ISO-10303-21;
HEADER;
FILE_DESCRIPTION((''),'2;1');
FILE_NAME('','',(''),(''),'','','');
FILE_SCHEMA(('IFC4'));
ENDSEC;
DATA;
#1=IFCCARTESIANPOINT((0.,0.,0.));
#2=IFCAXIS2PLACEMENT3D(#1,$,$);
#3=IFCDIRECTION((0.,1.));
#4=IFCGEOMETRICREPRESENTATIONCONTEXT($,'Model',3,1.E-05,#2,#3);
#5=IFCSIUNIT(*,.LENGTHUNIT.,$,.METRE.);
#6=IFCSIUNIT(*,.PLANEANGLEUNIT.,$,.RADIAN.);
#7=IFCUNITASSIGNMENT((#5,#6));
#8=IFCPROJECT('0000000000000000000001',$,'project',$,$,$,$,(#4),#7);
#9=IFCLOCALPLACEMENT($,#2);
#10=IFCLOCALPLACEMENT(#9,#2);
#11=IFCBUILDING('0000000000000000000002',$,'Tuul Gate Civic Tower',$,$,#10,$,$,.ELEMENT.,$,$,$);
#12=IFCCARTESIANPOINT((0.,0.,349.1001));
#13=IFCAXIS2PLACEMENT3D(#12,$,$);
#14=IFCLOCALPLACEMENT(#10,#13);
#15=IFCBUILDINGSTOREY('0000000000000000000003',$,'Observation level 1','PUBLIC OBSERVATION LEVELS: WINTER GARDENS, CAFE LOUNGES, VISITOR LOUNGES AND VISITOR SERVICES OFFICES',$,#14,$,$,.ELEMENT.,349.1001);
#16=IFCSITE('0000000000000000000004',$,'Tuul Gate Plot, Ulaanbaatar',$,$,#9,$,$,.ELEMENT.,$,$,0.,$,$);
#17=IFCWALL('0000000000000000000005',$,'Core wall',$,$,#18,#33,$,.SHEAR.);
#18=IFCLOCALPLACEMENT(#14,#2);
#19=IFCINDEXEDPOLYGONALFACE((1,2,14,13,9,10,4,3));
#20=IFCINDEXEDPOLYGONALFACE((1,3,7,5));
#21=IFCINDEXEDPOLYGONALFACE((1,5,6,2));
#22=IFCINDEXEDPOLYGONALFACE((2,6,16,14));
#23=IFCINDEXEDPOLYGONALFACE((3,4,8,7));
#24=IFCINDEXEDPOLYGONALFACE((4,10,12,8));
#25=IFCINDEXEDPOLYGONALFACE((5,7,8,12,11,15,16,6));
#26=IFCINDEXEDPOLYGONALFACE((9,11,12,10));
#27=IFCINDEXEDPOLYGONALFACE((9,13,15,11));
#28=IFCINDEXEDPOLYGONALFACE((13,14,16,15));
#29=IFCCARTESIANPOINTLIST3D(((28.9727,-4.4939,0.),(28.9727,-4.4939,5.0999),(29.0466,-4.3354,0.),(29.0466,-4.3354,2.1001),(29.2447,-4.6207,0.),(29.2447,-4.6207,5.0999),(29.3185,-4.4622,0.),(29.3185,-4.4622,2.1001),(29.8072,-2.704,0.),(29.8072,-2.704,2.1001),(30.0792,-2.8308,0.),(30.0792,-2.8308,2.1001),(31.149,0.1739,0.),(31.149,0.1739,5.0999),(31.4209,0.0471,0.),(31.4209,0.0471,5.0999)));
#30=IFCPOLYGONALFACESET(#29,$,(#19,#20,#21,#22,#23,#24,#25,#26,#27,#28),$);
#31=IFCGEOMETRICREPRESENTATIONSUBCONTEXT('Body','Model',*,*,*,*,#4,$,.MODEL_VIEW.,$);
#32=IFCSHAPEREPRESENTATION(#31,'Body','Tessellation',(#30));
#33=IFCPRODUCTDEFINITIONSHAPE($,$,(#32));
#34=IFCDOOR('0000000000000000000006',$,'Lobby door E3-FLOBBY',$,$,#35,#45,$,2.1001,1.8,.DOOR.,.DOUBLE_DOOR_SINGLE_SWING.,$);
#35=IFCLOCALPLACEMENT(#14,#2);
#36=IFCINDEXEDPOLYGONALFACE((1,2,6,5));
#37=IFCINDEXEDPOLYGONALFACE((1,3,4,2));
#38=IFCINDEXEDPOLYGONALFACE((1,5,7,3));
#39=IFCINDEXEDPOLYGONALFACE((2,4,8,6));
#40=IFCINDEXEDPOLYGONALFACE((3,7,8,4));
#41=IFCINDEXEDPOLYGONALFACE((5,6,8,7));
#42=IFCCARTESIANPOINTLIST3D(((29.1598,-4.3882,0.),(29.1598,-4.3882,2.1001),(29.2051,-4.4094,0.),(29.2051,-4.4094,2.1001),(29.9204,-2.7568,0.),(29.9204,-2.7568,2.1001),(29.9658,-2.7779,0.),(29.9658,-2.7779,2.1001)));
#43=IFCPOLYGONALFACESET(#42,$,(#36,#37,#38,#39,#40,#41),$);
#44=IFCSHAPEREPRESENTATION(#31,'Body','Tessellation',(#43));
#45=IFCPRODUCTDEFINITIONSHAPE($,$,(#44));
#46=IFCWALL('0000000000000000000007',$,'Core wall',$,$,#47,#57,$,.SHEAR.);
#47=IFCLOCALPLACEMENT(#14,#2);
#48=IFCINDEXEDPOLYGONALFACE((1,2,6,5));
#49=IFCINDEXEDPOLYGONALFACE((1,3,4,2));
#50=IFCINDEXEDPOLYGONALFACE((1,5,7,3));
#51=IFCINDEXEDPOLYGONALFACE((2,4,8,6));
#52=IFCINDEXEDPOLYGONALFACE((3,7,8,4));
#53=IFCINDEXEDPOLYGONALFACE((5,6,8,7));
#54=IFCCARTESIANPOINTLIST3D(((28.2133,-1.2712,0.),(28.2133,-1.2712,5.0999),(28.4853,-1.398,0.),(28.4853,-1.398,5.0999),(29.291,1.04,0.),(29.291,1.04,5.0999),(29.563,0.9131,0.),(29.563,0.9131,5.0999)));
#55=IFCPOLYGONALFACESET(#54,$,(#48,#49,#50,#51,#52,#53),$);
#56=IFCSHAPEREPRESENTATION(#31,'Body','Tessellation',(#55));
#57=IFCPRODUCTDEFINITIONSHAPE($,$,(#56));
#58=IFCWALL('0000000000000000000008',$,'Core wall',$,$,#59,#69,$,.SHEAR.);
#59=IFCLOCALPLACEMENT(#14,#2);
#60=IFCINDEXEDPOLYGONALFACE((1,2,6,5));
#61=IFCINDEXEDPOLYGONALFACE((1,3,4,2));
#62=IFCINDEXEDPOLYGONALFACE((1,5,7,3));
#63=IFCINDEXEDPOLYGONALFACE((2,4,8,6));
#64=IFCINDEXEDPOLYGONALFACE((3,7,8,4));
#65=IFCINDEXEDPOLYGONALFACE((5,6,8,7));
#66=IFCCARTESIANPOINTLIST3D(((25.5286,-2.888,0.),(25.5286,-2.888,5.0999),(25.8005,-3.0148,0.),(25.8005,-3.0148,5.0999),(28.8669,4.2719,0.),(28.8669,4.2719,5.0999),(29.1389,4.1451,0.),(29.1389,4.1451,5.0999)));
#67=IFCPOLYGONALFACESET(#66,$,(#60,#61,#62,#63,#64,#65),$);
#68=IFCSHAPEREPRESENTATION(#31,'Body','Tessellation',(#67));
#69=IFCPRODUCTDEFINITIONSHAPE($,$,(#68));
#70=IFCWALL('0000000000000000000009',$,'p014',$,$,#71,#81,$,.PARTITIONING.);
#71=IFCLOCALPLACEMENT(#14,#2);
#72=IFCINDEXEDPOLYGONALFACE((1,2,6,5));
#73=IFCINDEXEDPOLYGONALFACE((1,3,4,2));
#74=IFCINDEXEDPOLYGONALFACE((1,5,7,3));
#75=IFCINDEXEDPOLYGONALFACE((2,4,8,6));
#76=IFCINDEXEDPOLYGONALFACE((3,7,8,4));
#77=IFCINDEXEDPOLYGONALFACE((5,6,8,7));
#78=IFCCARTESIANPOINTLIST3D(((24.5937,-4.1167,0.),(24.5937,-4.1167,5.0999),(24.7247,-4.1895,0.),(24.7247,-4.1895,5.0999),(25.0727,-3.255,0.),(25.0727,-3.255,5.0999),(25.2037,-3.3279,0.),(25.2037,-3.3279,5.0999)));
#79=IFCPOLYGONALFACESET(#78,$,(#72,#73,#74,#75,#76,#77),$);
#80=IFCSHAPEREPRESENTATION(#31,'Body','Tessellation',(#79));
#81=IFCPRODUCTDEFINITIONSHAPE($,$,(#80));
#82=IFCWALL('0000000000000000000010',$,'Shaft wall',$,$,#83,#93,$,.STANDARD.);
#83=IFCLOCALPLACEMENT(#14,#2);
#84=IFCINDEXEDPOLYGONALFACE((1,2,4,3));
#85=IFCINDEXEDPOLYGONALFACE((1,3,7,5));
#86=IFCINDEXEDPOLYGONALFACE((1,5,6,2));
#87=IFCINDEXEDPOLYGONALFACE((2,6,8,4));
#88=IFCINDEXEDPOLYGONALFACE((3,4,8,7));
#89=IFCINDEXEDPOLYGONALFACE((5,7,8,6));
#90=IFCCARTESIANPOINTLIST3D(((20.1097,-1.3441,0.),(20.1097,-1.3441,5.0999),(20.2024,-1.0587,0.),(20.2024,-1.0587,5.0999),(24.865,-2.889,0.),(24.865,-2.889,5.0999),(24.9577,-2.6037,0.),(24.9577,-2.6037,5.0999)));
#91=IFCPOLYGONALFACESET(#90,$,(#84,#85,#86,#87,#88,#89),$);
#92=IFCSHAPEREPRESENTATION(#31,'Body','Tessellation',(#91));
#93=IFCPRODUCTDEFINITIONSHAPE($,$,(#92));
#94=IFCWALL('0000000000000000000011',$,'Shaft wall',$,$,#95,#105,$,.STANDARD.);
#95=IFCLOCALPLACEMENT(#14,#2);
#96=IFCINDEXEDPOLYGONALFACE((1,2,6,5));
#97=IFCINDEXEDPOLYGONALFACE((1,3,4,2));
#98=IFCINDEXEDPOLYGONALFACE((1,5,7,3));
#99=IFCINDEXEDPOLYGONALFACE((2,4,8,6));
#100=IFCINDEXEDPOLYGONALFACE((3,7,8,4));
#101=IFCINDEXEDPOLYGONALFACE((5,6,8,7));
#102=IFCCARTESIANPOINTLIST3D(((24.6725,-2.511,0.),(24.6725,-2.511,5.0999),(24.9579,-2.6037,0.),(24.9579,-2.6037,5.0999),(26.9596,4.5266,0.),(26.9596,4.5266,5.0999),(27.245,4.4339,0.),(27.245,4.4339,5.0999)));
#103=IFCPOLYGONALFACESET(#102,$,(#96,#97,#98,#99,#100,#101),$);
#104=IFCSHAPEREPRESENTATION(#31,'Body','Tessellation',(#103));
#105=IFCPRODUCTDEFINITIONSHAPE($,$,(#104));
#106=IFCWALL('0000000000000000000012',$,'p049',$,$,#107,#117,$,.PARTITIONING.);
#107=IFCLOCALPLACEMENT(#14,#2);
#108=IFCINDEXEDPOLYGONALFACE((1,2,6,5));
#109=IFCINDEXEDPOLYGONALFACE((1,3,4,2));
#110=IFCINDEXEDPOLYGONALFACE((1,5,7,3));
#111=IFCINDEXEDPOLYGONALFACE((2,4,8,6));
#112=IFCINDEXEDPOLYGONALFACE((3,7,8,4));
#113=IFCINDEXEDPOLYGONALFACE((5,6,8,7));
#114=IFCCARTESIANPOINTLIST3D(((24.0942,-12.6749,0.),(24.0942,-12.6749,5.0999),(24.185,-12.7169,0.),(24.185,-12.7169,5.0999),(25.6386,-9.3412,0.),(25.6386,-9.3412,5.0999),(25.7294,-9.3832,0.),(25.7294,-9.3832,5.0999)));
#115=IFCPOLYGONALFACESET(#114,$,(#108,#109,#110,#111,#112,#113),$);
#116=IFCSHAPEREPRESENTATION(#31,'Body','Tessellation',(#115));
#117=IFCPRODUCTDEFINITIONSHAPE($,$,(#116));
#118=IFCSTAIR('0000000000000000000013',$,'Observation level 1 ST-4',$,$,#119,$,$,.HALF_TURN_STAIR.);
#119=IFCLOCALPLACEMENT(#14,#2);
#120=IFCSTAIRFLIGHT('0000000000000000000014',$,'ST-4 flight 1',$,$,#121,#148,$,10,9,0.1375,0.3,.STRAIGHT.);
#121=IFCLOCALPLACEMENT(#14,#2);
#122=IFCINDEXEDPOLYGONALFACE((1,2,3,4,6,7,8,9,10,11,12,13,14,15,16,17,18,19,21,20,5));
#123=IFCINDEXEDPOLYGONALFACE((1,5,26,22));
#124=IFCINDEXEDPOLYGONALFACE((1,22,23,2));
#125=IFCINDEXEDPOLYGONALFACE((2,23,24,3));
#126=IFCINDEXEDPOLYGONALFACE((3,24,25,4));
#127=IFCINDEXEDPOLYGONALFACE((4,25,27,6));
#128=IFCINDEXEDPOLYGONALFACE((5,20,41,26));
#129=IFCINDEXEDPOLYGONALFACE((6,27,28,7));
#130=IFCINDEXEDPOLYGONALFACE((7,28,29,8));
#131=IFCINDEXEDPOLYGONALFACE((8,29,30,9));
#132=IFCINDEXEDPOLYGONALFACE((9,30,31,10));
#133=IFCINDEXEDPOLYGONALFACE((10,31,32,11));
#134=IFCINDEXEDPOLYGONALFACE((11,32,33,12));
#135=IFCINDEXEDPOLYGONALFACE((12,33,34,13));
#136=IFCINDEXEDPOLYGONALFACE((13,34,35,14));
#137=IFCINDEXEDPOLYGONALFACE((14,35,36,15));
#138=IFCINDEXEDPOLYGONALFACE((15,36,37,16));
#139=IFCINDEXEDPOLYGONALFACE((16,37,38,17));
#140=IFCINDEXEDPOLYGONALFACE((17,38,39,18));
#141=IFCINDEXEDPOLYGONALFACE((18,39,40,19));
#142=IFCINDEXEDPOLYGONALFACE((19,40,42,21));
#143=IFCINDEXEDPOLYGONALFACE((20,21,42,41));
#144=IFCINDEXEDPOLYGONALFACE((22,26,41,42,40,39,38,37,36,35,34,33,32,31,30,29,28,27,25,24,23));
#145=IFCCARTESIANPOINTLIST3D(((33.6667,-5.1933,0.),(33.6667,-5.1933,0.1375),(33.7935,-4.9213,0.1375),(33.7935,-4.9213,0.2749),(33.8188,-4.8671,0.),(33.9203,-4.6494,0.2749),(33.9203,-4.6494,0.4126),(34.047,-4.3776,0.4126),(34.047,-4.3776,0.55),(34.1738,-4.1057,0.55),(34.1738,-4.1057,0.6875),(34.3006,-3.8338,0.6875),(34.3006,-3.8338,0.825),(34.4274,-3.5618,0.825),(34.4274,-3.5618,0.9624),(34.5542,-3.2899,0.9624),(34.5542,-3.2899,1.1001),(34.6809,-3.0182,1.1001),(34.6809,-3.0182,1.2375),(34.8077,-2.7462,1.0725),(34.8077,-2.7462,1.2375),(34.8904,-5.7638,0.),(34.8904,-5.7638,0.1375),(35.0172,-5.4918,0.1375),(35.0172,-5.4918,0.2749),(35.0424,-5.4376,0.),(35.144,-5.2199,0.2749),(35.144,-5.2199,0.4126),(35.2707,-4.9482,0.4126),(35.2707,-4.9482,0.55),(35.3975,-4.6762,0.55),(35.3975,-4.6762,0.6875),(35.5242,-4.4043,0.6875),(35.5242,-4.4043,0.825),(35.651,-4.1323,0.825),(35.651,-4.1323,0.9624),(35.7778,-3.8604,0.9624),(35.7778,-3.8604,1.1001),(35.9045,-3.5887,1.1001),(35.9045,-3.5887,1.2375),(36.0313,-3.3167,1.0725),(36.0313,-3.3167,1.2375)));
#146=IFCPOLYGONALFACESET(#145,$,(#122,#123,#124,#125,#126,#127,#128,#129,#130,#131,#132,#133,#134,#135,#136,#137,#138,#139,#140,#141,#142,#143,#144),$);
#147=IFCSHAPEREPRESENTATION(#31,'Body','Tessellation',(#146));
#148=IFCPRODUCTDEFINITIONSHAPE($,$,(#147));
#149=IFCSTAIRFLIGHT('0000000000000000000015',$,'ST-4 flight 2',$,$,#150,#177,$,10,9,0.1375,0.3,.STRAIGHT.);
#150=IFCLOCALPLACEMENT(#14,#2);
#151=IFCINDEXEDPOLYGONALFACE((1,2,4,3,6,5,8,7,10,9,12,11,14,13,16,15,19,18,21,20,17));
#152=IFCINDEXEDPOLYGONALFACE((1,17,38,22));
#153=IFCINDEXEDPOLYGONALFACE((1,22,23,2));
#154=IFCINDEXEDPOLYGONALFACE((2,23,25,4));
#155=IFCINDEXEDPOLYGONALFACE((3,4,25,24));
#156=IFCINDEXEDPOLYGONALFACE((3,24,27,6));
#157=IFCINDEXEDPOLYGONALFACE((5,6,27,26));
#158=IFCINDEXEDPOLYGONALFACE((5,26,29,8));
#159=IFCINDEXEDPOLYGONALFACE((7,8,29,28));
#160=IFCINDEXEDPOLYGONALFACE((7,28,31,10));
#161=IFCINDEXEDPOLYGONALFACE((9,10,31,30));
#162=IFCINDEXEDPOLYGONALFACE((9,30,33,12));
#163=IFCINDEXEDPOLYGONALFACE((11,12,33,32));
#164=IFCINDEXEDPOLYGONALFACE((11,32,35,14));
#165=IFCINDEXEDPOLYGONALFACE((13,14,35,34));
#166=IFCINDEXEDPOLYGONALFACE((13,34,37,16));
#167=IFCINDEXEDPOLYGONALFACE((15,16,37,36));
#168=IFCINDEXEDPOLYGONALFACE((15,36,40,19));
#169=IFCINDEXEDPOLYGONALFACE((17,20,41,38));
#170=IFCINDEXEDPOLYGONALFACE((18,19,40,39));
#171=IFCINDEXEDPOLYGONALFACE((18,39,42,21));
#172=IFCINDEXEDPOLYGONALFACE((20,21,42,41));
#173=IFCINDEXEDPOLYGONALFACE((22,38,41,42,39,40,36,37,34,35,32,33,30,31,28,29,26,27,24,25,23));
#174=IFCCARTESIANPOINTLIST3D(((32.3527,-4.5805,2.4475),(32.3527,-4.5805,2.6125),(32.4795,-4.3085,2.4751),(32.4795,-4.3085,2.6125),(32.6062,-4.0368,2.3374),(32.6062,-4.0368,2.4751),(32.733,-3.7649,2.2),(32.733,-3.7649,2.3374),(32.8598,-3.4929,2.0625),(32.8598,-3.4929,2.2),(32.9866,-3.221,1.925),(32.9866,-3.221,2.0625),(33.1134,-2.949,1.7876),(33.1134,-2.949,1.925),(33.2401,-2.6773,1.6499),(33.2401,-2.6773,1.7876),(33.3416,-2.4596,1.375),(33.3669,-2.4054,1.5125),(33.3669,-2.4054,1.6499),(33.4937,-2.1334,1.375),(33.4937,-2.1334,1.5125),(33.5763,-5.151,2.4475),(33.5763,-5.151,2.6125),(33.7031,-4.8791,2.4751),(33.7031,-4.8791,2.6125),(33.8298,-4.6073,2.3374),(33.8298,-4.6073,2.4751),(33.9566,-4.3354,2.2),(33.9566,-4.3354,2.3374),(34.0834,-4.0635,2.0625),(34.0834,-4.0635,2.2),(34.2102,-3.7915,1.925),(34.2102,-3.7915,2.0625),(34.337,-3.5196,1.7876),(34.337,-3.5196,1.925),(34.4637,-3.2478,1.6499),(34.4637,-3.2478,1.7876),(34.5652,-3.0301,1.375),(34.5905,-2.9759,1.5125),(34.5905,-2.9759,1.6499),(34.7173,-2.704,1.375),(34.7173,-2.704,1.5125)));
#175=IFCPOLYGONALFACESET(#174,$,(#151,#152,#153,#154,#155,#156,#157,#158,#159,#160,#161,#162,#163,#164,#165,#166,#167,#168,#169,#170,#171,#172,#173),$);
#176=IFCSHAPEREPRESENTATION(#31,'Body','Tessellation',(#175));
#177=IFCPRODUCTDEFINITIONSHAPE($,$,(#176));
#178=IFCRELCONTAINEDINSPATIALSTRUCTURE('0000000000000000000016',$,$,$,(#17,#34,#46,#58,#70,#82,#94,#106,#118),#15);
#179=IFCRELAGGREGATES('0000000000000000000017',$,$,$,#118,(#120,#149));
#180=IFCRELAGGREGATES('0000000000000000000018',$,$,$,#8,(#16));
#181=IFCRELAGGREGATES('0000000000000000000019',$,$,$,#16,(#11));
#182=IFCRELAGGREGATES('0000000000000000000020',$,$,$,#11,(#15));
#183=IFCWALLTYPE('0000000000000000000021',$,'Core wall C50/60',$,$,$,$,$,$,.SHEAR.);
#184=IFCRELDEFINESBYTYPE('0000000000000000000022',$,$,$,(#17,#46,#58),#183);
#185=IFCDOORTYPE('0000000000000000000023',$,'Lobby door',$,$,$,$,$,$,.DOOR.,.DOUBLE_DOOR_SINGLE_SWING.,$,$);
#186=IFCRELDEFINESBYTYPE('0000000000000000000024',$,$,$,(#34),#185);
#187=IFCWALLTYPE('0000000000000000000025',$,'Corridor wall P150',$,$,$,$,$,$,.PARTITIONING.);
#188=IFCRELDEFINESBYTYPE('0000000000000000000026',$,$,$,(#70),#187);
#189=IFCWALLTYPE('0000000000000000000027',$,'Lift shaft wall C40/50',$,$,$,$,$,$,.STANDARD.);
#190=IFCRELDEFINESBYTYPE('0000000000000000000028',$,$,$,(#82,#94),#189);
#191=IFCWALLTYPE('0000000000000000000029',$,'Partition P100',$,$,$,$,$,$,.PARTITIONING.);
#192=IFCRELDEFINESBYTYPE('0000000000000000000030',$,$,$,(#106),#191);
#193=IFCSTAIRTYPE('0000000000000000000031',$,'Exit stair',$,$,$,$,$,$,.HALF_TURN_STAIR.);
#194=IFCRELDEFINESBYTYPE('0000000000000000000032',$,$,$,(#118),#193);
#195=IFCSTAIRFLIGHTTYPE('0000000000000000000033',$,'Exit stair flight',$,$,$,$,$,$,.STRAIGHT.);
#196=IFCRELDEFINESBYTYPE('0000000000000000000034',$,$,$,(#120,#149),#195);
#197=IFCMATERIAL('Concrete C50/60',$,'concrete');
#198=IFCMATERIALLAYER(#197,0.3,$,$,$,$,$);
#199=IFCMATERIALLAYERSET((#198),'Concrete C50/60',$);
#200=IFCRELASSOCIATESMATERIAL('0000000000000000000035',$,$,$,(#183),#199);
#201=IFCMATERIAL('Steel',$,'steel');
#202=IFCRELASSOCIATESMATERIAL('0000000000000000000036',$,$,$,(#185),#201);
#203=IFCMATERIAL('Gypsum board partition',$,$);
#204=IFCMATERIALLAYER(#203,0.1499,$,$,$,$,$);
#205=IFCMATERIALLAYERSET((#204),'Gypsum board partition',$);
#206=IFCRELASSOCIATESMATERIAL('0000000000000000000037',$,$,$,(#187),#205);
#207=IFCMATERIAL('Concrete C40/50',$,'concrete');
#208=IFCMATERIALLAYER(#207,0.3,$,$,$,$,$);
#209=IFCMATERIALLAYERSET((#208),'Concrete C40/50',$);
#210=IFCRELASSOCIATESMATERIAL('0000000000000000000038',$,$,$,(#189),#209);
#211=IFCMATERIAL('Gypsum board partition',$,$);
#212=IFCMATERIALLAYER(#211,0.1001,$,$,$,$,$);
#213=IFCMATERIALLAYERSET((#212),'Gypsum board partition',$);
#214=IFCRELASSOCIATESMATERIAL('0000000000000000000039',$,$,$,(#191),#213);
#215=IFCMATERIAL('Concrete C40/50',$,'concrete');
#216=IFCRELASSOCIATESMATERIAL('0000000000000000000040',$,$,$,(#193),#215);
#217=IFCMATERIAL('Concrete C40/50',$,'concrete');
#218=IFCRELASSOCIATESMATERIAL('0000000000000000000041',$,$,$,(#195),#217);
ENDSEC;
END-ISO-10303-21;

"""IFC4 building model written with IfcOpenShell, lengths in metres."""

from ifc_helpers import new_model, si_unit, direction, frame, frame_2d, origin, place, context, subcontext, project, spatial, polyline, rectangle, outline, extrude, material, layer, layer_set, type_object, element, fill, aggregate, save


model = new_model("IFC4")

# Units and contexts
model_context = context("Model", 3, precision=1e-05, world=origin(), true_north=direction((0.0, 1.0)))
body_context = subcontext(model_context, "Body", "Model", "MODEL_VIEW")
ifc_project = project(units=[si_unit("LENGTHUNIT", "METRE"), si_unit("PLANEANGLEUNIT", "RADIAN")], contexts=[model_context])

# Site, building, storey
site_placement = place(None, origin())
site = spatial("IfcSite", under=ifc_project, at=site_placement, Name="Tuul Gate Plot, Ulaanbaatar", CompositionType="ELEMENT", RefElevation=0.0)
building_placement = place(site_placement, origin())
building = spatial("IfcBuilding", under=site, at=building_placement, Name="Tuul Gate Civic Tower", CompositionType="ELEMENT")
storey_placement = place(building_placement, frame((0.0, 0.0, 349.1001)))
storey = spatial("IfcBuildingStorey", under=building, at=storey_placement, Name="Observation level 1", Description="PUBLIC OBSERVATION LEVELS: WINTER GARDENS, CAFE LOUNGES, VISITOR LOUNGES AND VISITOR SERVICES OFFICES", CompositionType="ELEMENT", Elevation=349.1001)

# Shared definitions
ifc_material_1 = material(Name="Concrete C50/60", Category="concrete")
ifc_layer_1 = layer(ifc_material_1, 0.3)
ifc_layer_set_1 = layer_set([ifc_layer_1], Name="Concrete C50/60")
wall_type_1 = type_object("IfcWallType", Name="Core wall C50/60", PredefinedType="SHEAR", material=ifc_layer_set_1)

# Wall, opening, door
wall_1_placement = place(storey_placement, frame((29.1086, -4.5574, 0.0), z_axis=(0.0, 0.0, 1.0), x_axis=(0.422566, 0.906332, 0.0)))
wall_1 = element("IfcWall", 1, at=wall_1_placement, inside=storey, type_object=wall_type_1, Name="Core wall", PredefinedType="SHEAR", context=body_context, shape_type="SweptSolid", body=[
    extrude(rectangle(XDim=5.1501, YDim=0.3, at=frame_2d((2.5752, 0.0))), origin(), (0.0, 0.0, 1.0), 5.0999),
])
opening_1_placement = place(wall_1_placement, frame((0.175, 0.0, 0.0)))
opening_1 = element("IfcOpeningElement", 2, at=opening_1_placement, cuts=wall_1, PredefinedType="OPENING", context=body_context, shape_type="SweptSolid", body=[
    extrude(rectangle(XDim=1.8, YDim=2.1001, at=frame_2d((0.8999, 1.05))), frame((0.0, 0.1602, 0.0), z_axis=(0.0, -1.0, 0.0), x_axis=(1.0, 0.0, 0.0)), (0.0, 0.0, 1.0), 0.3201),
])
ifc_material_2 = material(Name="Steel", Category="steel")
door_type_1 = type_object("IfcDoorType", Name="Lobby door", OperationType="DOUBLE_DOOR_SINGLE_SWING", PredefinedType="DOOR", material=ifc_material_2)
door_1_placement = place(opening_1_placement, frame((1.8, 0.0, 0.0), z_axis=(0.0, 0.0, 1.0), x_axis=(-1.0, 0.0, 0.0)))
door_1 = element("IfcDoor", 3, at=door_1_placement, inside=storey, type_object=door_type_1, Name="Lobby door E3-FLOBBY", OperationType="DOUBLE_DOOR_SINGLE_SWING", OverallHeight=2.1001, OverallWidth=1.8, PredefinedType="DOOR", context=body_context, shape_type="SweptSolid", body=[
    extrude(rectangle(XDim=1.8, YDim=2.1001, at=frame_2d((0.9001, 1.05))), frame((0.0, 0.0249, 0.0), z_axis=(0.0, -1.0, 0.0), x_axis=(1.0, 0.0, 0.0)), (0.0, 0.0, 1.0), 0.05),
])
fill(opening_1, door_1)

# Walls
wall_2_placement = place(storey_placement, frame((28.3494, -1.3345, 0.0), z_axis=(0.0, 0.0, 1.0), x_axis=(0.422613, 0.90631, 0.0)))
element("IfcWall", 4, at=wall_2_placement, inside=storey, type_object=wall_type_1, Name="Core wall", PredefinedType="SHEAR", context=body_context, shape_type="SweptSolid", body=[
    extrude(rectangle(XDim=2.55, YDim=0.3, at=frame_2d((1.2749, 0.0))), origin(), (0.0, 0.0, 1.0), 5.0999),
])
wall_3_placement = place(storey_placement, frame((25.6646, -2.9514, 0.0), z_axis=(0.0, 0.0, 1.0), x_axis=(0.422583, 0.906324, 0.0)))
element("IfcWall", 5, at=wall_3_placement, inside=storey, type_object=wall_type_1, Name="Core wall", PredefinedType="SHEAR", context=body_context, shape_type="SweptSolid", body=[
    extrude(rectangle(XDim=7.8999, YDim=0.3, at=frame_2d((3.95, 0.0))), origin(), (0.0, 0.0, 1.0), 5.0999),
])
ifc_material_3 = material(Name="Gypsum board partition")
ifc_layer_2 = layer(ifc_material_3, 0.1499)
ifc_layer_set_2 = layer_set([ifc_layer_2], Name="Gypsum board partition")
wall_type_2 = type_object("IfcWallType", Name="Corridor wall P150", PredefinedType="PARTITIONING", material=ifc_layer_set_2)
wall_4_placement = place(storey_placement, frame((24.6592, -4.1531, 0.0), z_axis=(0.0, 0.0, 1.0), x_axis=(0.485916, 0.874005, 0.0)))
element("IfcWall", 6, at=wall_4_placement, inside=storey, type_object=wall_type_2, Name="p014", PredefinedType="PARTITIONING", context=body_context, shape_type="SweptSolid", body=[
    extrude(rectangle(XDim=0.9858, YDim=0.1499, at=frame_2d((0.4929, 0.0))), origin(), (0.0, 0.0, 1.0), 5.0999),
])
ifc_material_4 = material(Name="Concrete C40/50", Category="concrete")
ifc_layer_3 = layer(ifc_material_4, 0.3)
ifc_layer_set_3 = layer_set([ifc_layer_3], Name="Concrete C40/50")
wall_type_3 = type_object("IfcWallType", Name="Lift shaft wall C40/50", PredefinedType="STANDARD", material=ifc_layer_set_3)
wall_5_placement = place(storey_placement, frame((24.9114, -2.7463, 0.0), z_axis=(0.0, 0.0, 1.0), x_axis=(-0.951068, 0.308982, 0.0)))
element("IfcWall", 7, at=wall_5_placement, inside=storey, type_object=wall_type_3, Name="Shaft wall", PredefinedType="STANDARD", context=body_context, shape_type="SweptSolid", body=[
    extrude(rectangle(XDim=5.0, YDim=0.3, at=frame_2d((2.5, 0.0))), origin(), (0.0, 0.0, 1.0), 5.0999),
])
wall_6_placement = place(storey_placement, frame((24.8152, -2.5574, 0.0), z_axis=(0.0, 0.0, 1.0), x_axis=(0.309073, 0.951038, 0.0)))
element("IfcWall", 8, at=wall_6_placement, inside=storey, type_object=wall_type_3, Name="Shaft wall", PredefinedType="STANDARD", context=body_context, shape_type="SweptSolid", body=[
    extrude(rectangle(XDim=7.3999, YDim=0.3, at=frame_2d((3.7, 0.0))), origin(), (0.0, 0.0, 1.0), 5.0999),
])
ifc_material_5 = material(Name="Gypsum board partition")
ifc_layer_4 = layer(ifc_material_5, 0.1001)
ifc_layer_set_4 = layer_set([ifc_layer_4], Name="Gypsum board partition")
wall_type_4 = type_object("IfcWallType", Name="Partition P100", PredefinedType="PARTITIONING", material=ifc_layer_set_4)
wall_7_placement = place(storey_placement, frame((24.1396, -12.6958, 0.0), z_axis=(0.0, 0.0, 1.0), x_axis=(0.420356, 0.907359, 0.0)))
element("IfcWall", 9, at=wall_7_placement, inside=storey, type_object=wall_type_4, Name="p049", PredefinedType="PARTITIONING", context=body_context, shape_type="SweptSolid", body=[
    extrude(rectangle(XDim=3.6741, YDim=0.1001, at=frame_2d((1.8369, 0.0))), origin(), (0.0, 0.0, 1.0), 5.0999),
])

# Stair, stair flights
ifc_material_6 = material(Name="Concrete C40/50", Category="concrete")
stair_type = type_object("IfcStairType", Name="Exit stair", PredefinedType="HALF_TURN_STAIR", material=ifc_material_6)
stair_placement = place(storey_placement, origin())
stair = element("IfcStair", 10, at=stair_placement, inside=storey, type_object=stair_type, Name="Observation level 1 ST-4", PredefinedType="HALF_TURN_STAIR")
ifc_material_7 = material(Name="Concrete C40/50", Category="concrete")
stair_flight_type = type_object("IfcStairFlightType", Name="Exit stair flight", PredefinedType="STRAIGHT", material=ifc_material_7)
stair_flight_1_placement = place(storey_placement, frame((34.2786, -5.4785, 0.0), z_axis=(0.0, 0.0, 1.0), x_axis=(0.422576, 0.906327, 0.0)))
stair_flight_1 = element("IfcStairFlight", 11, at=stair_flight_1_placement, type_object=stair_flight_type, Name="ST-4 flight 1", NumberOfRisers=10, NumberOfTreads=9, PredefinedType="STRAIGHT", RiserHeight=0.1375, TreadLength=0.3, context=body_context, shape_type="SweptSolid", body=[
    extrude(outline(polyline([(0.0, 0.0), (0.0, 0.1375), (0.3, 0.1375), (0.3, 0.2749), (0.6001, 0.2749), (0.6001, 0.4126), (0.8999, 0.4126), (0.8999, 0.55), (1.2, 0.55), (1.2, 0.6875), (1.5, 0.6875), (1.5, 0.825), (1.8, 0.825), (1.8, 0.9624), (2.1001, 0.9624), (2.1001, 1.1001), (2.3999, 1.1001), (2.3999, 1.2375), (2.7, 1.2375), (2.7, 1.375), (2.7, 1.0725), (0.3599, 0.0), (0.0, 0.0)])), frame((0.0, 0.675, 0.0), z_axis=(0.0, -1.0, 0.0), x_axis=(1.0, 0.0, 0.0)), (0.0, 0.0, 1.0), 1.3501),
])
stair_flight_2_placement = place(storey_placement, frame((34.1055, -2.4187, 1.375), z_axis=(0.0, 0.0, 1.0), x_axis=(-0.422576, -0.906327, 0.0)))
stair_flight_2 = element("IfcStairFlight", 12, at=stair_flight_2_placement, type_object=stair_flight_type, Name="ST-4 flight 2", NumberOfRisers=10, NumberOfTreads=9, PredefinedType="STRAIGHT", RiserHeight=0.1375, TreadLength=0.3, context=body_context, shape_type="SweptSolid", body=[
    extrude(outline(polyline([(0.0, 0.0), (0.0, 0.1375), (0.3, 0.1375), (0.3, 0.2749), (0.6001, 0.2749), (0.6001, 0.4126), (0.8999, 0.4126), (0.8999, 0.55), (1.2, 0.55), (1.2, 0.6875), (1.5, 0.6875), (1.5, 0.825), (1.8, 0.825), (1.8, 0.9624), (2.1001, 0.9624), (2.1001, 1.1001), (2.3999, 1.1001), (2.3999, 1.2375), (2.7, 1.2375), (2.7, 1.375), (2.7, 1.0725), (0.3599, 0.0), (0.0, 0.0)])), frame((0.0, 0.675, 0.0), z_axis=(0.0, -1.0, 0.0), x_axis=(1.0, 0.0, 0.0)), (0.0, 0.0, 1.0), 1.3501),
])
aggregate(stair, [stair_flight_1, stair_flight_2])

save(model, "model.ifc")
